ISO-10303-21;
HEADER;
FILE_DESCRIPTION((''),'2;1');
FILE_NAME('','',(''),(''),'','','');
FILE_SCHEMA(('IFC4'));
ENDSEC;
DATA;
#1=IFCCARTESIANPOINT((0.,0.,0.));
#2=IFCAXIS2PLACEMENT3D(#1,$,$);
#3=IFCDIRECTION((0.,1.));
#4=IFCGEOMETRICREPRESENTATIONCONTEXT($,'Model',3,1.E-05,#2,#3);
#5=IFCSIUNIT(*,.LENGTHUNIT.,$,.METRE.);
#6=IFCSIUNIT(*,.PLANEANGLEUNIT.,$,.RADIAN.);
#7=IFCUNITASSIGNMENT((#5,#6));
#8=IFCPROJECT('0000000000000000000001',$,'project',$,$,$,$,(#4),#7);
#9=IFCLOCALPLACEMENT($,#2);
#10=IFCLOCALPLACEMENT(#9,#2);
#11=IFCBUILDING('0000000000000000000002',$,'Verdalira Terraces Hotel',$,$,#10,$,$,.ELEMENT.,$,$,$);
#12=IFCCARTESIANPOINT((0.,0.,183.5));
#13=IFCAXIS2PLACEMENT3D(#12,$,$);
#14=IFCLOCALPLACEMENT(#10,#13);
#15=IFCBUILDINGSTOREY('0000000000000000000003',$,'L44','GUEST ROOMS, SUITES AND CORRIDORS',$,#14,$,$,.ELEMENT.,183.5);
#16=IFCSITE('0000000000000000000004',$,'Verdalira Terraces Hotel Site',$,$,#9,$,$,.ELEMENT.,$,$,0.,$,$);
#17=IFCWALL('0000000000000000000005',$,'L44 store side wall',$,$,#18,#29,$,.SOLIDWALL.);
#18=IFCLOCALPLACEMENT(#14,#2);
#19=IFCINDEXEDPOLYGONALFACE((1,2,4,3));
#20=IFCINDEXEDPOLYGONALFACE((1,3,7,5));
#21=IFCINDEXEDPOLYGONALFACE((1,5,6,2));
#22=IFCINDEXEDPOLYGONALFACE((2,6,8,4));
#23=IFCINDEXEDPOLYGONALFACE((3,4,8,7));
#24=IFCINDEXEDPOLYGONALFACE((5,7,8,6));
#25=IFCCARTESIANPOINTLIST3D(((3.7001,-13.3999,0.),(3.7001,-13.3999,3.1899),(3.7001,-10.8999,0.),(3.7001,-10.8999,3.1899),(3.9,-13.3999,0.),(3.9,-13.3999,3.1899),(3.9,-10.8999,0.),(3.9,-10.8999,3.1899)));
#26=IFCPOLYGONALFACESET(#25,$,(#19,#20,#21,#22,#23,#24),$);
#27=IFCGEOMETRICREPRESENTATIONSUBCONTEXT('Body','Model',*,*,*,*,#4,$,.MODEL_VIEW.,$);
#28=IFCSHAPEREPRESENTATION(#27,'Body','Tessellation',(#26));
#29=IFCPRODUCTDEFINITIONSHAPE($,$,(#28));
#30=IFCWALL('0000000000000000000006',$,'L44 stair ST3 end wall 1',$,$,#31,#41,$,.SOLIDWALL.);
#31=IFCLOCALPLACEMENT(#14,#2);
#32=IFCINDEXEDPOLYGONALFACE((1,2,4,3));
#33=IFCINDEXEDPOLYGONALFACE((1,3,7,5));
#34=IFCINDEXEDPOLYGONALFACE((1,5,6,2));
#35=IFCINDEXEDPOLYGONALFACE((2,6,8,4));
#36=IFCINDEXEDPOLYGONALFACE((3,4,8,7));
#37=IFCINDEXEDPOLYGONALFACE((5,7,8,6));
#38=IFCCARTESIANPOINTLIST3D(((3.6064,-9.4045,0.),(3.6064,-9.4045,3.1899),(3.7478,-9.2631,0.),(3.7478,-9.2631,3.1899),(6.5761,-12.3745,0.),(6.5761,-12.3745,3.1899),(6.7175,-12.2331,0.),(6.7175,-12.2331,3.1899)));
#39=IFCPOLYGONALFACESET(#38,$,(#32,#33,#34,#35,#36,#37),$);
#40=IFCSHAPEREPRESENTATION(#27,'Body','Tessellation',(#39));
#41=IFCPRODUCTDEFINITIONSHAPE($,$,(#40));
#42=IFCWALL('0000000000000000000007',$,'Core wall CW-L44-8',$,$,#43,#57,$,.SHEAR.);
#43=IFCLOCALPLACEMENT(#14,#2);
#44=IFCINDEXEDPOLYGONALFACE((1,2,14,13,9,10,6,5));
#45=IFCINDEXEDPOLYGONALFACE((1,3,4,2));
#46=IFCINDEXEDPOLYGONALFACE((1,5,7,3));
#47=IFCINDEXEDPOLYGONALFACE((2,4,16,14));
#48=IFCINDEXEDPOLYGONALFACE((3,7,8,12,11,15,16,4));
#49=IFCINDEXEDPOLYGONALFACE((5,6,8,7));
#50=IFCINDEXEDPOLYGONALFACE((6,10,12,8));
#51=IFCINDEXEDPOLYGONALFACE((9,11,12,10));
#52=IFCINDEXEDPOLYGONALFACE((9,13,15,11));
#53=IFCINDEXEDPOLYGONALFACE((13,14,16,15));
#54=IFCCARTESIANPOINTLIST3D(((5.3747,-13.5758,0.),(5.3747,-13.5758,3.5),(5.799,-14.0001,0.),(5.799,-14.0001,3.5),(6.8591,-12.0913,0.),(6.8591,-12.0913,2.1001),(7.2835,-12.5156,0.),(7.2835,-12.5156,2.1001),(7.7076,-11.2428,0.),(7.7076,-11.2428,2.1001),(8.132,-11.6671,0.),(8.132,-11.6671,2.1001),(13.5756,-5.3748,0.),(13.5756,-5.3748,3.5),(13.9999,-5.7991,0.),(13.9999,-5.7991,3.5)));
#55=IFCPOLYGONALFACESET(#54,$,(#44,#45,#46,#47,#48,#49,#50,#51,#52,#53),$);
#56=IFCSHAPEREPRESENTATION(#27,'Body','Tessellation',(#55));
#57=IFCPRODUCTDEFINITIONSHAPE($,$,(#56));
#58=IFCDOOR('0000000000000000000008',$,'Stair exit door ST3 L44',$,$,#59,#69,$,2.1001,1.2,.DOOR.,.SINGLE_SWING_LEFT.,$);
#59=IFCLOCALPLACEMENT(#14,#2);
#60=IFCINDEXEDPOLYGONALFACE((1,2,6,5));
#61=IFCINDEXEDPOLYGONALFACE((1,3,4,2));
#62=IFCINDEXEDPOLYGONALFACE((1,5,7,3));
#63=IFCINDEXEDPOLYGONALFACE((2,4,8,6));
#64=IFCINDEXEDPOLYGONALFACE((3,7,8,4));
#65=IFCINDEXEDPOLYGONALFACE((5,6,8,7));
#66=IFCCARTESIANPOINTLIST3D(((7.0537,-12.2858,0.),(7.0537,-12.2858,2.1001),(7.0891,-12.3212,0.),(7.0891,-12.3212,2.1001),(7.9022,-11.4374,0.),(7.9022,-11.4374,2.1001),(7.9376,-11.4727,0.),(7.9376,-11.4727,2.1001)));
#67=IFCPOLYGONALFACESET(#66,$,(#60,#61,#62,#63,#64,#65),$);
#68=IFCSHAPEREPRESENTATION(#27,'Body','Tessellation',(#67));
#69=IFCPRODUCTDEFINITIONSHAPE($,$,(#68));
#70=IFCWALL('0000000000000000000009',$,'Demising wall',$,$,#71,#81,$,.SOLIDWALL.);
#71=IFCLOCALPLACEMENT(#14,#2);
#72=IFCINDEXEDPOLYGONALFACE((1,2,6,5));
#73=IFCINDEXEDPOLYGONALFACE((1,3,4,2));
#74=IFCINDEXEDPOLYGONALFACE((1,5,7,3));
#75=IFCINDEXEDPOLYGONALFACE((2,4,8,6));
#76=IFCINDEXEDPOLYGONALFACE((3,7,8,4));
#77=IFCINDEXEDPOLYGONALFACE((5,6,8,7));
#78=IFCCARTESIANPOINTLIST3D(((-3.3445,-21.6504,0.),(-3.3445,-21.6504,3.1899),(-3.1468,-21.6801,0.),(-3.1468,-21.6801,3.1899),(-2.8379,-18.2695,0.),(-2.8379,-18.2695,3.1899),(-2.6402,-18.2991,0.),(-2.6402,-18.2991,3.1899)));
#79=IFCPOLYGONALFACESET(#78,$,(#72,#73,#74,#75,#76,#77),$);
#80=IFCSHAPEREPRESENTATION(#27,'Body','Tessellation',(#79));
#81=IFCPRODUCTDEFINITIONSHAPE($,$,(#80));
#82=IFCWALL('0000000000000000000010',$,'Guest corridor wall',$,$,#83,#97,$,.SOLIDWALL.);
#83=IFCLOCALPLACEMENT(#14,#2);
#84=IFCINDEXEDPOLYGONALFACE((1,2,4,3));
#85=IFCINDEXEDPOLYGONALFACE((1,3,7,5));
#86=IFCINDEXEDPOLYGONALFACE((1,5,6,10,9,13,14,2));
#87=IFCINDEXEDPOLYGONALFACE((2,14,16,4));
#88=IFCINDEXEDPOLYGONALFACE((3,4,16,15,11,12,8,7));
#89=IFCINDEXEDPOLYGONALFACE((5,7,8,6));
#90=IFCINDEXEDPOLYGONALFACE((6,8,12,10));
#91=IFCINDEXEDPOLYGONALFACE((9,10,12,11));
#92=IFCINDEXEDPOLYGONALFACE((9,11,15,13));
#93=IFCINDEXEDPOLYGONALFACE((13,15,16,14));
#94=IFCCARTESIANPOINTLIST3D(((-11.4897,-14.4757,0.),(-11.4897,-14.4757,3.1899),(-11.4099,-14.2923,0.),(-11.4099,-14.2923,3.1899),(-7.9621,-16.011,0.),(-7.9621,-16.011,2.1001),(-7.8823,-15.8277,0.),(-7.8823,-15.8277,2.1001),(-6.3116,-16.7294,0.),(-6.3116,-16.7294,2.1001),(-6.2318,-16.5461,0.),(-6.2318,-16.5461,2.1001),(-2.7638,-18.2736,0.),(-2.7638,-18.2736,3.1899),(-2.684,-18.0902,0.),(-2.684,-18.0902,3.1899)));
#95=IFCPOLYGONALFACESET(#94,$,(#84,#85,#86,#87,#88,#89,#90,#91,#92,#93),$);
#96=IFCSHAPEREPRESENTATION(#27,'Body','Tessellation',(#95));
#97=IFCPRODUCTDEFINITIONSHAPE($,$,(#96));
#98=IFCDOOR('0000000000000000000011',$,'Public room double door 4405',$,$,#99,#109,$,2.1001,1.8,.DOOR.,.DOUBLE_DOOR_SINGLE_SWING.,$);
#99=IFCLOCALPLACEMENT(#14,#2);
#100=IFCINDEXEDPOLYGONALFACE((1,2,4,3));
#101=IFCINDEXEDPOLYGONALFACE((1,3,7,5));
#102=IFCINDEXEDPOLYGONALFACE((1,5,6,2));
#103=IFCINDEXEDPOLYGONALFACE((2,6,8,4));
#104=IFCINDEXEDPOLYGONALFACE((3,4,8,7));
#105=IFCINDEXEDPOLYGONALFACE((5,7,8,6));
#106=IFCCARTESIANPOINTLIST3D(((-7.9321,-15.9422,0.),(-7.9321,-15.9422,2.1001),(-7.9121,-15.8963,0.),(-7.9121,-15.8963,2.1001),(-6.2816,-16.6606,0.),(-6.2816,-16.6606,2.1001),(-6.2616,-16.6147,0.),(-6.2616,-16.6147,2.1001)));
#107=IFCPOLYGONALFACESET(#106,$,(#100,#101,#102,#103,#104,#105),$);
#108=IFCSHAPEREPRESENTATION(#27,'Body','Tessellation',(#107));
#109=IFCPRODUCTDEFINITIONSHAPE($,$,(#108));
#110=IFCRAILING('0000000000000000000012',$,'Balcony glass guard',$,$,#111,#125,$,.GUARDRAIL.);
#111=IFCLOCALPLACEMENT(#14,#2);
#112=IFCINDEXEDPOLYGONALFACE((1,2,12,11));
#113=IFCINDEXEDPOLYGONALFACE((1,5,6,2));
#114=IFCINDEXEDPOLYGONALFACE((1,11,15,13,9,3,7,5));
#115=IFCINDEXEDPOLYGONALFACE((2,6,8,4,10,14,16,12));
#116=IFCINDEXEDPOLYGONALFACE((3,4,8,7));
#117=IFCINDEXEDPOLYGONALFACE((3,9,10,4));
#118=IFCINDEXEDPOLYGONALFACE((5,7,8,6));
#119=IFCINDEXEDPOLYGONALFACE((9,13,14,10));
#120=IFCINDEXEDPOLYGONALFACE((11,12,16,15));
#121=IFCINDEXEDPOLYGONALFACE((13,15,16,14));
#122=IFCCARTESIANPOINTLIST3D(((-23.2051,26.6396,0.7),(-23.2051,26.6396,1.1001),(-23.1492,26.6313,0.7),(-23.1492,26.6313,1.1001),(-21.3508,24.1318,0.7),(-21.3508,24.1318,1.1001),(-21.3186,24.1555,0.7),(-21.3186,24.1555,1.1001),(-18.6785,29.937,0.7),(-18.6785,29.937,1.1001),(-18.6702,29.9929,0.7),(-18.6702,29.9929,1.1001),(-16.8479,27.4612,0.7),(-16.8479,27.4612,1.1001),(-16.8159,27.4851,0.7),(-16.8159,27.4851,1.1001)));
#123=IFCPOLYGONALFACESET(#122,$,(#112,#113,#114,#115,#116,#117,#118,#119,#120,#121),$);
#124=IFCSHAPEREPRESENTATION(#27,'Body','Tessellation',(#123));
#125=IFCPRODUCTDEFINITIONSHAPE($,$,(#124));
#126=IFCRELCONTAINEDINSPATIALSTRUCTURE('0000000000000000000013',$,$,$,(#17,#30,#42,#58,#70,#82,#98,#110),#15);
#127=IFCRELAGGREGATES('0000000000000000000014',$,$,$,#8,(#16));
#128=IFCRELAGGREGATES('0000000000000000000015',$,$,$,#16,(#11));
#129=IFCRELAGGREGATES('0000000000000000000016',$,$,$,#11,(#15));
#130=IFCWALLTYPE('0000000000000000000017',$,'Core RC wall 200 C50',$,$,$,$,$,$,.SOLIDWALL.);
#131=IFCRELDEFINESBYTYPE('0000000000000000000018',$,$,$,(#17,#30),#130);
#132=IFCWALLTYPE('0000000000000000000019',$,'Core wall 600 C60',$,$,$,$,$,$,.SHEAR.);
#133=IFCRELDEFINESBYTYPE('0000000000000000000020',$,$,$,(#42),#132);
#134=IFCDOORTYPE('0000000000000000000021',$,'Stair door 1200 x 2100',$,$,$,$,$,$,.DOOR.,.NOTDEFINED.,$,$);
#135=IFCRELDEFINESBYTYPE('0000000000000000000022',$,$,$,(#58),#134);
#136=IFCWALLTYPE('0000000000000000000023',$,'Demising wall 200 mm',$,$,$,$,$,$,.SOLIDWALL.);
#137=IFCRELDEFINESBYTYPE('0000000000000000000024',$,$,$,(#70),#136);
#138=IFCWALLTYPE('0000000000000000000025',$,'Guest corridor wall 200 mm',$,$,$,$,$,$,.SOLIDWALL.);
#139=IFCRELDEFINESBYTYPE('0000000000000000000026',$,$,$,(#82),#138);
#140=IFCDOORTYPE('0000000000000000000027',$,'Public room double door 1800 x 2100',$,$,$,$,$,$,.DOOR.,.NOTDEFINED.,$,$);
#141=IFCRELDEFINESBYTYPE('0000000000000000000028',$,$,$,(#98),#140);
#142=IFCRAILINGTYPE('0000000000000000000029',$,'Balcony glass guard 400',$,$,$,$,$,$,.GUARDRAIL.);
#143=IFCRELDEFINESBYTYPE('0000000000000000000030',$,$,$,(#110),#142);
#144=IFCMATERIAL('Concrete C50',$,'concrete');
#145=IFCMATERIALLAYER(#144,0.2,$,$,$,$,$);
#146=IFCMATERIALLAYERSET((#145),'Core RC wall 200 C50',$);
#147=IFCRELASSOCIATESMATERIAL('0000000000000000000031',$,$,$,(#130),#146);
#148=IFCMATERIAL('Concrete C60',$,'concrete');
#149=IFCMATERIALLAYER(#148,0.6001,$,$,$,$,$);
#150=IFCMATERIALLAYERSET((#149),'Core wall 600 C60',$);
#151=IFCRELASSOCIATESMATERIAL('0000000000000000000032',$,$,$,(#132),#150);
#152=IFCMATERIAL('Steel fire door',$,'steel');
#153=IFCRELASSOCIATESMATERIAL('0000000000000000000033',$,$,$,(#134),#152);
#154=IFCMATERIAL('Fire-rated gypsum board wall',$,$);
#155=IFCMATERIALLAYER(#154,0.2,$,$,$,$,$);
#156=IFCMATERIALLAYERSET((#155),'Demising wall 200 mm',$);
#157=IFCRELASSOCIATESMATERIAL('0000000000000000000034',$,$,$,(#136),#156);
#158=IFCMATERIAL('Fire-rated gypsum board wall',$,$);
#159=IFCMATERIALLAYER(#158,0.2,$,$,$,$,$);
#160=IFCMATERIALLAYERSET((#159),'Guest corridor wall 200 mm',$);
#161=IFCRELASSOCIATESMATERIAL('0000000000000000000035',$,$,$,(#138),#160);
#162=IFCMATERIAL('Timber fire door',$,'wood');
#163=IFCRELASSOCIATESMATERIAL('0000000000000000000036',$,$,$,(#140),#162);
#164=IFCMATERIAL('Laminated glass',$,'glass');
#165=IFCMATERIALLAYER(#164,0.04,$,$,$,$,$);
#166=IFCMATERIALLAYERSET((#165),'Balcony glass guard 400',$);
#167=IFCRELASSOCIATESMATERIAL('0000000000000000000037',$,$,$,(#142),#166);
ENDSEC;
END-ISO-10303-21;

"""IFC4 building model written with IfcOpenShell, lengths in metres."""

from ifc_helpers import new_model, si_unit, direction, frame, frame_2d, origin, place, context, subcontext, project, spatial, polyline, rectangle, outline, extrude, material, layer, layer_set, type_object, element, fill, save


model = new_model("IFC4")

# Units and contexts
model_context = context("Model", 3, precision=1e-05, world=origin(), true_north=direction((0.0, 1.0)))
body_context = subcontext(model_context, "Body", "Model", "MODEL_VIEW")
ifc_project = project(units=[si_unit("LENGTHUNIT", "METRE"), si_unit("PLANEANGLEUNIT", "RADIAN")], contexts=[model_context])

# Site, building, storey
site_placement = place(None, origin())
site = spatial("IfcSite", under=ifc_project, at=site_placement, Name="Verdalira Terraces Hotel Site", CompositionType="ELEMENT", RefElevation=0.0)
building_placement = place(site_placement, origin())
building = spatial("IfcBuilding", under=site, at=building_placement, Name="Verdalira Terraces Hotel", CompositionType="ELEMENT")
storey_placement = place(building_placement, frame((0.0, 0.0, 183.5)))
storey = spatial("IfcBuildingStorey", under=building, at=storey_placement, Name="L44", Description="GUEST ROOMS, SUITES AND CORRIDORS", CompositionType="ELEMENT", Elevation=183.5)

# Walls
ifc_material_1 = material(Name="Concrete C50", Category="concrete")
ifc_layer_1 = layer(ifc_material_1, 0.2)
ifc_layer_set_1 = layer_set([ifc_layer_1], Name="Core RC wall 200 C50")
wall_type_1 = type_object("IfcWallType", Name="Core RC wall 200 C50", PredefinedType="SOLIDWALL", material=ifc_layer_set_1)
wall_1_placement = place(storey_placement, frame((3.8, -10.8999, 0.0), z_axis=(0.0, 0.0, 1.0), x_axis=(0.0, -1.0, 0.0)))
element("IfcWall", 1, at=wall_1_placement, inside=storey, type_object=wall_type_1, Name="L44 store side wall", PredefinedType="SOLIDWALL", context=body_context, shape_type="SweptSolid", body=[
    extrude(rectangle(XDim=2.5, YDim=0.2, at=frame_2d((1.25, 0.0))), origin(), (0.0, 0.0, 1.0), 3.1899),
])
wall_2_placement = place(storey_placement, frame((3.677, -9.3337, 0.0), z_axis=(0.0, 0.0, 1.0), x_axis=(0.707078, -0.707136, 0.0)))
element("IfcWall", 2, at=wall_2_placement, inside=storey, type_object=wall_type_1, Name="L44 stair ST3 end wall 1", PredefinedType="SOLIDWALL", context=body_context, shape_type="SweptSolid", body=[
    extrude(rectangle(XDim=4.2, YDim=0.2, at=frame_2d((2.1001, 0.0))), origin(), (0.0, 0.0, 1.0), 3.1899),
])

# Wall, opening, door
ifc_material_2 = material(Name="Concrete C60", Category="concrete")
ifc_layer_2 = layer(ifc_material_2, 0.6001)
ifc_layer_set_2 = layer_set([ifc_layer_2], Name="Core wall 600 C60")
wall_type_2 = type_object("IfcWallType", Name="Core wall 600 C60", PredefinedType="SHEAR", material=ifc_layer_set_2)
wall_3_placement = place(storey_placement, frame((5.5869, -13.7878, 0.0), z_axis=(0.0, 0.0, 1.0), x_axis=(0.707107, 0.707107, 0.0)))
wall_3 = element("IfcWall", 3, at=wall_3_placement, inside=storey, type_object=wall_type_2, Name="Core wall CW-L44-8", PredefinedType="SHEAR", context=body_context, shape_type="SweptSolid", body=[
    extrude(rectangle(XDim=11.5979, YDim=0.6001, at=frame_2d((5.7988, 0.0))), origin(), (0.0, 0.0, 1.0), 3.5),
])
opening_1_placement = place(wall_3_placement, frame((2.0991, 0.0, 0.0)))
opening_1 = element("IfcOpeningElement", 4, at=opening_1_placement, cuts=wall_3, PredefinedType="OPENING", context=body_context, shape_type="SweptSolid", body=[
    extrude(rectangle(XDim=1.2, YDim=2.1001, at=frame_2d((0.6001, 1.05))), frame((0.0, 0.3101, 0.0), z_axis=(0.0, -1.0, 0.0), x_axis=(1.0, 0.0, 0.0)), (0.0, 0.0, 1.0), 0.6201),
])
ifc_material_3 = material(Name="Steel fire door", Category="steel")
door_type_1 = type_object("IfcDoorType", Name="Stair door 1200 x 2100", OperationType="NOTDEFINED", PredefinedType="DOOR", material=ifc_material_3)
door_1_placement = place(opening_1_placement, origin())
door_1 = element("IfcDoor", 5, at=door_1_placement, inside=storey, type_object=door_type_1, Name="Stair exit door ST3 L44", OperationType="SINGLE_SWING_LEFT", OverallHeight=2.1001, OverallWidth=1.2, PredefinedType="DOOR", context=body_context, shape_type="SweptSolid", body=[
    extrude(rectangle(XDim=1.2, YDim=2.1001, at=frame_2d((0.6001, 1.05))), frame((0.0, 0.0249, 0.0), z_axis=(0.0, -1.0, 0.0), x_axis=(1.0, 0.0, 0.0)), (0.0, 0.0, 1.0), 0.05),
])
fill(opening_1, door_1)

# Wall
ifc_material_4 = material(Name="Fire-rated gypsum board wall")
ifc_layer_3 = layer(ifc_material_4, 0.2)
ifc_layer_set_3 = layer_set([ifc_layer_3], Name="Demising wall 200 mm")
wall_type_3 = type_object("IfcWallType", Name="Demising wall 200 mm", PredefinedType="SOLIDWALL", material=ifc_layer_set_3)
wall_4_placement = place(storey_placement, frame((-2.739, -18.2842, 0.0), z_axis=(0.0, 0.0, 1.0), x_axis=(-0.148187, -0.988959, 0.0)))
element("IfcWall", 6, at=wall_4_placement, inside=storey, type_object=wall_type_3, Name="Demising wall", PredefinedType="SOLIDWALL", context=body_context, shape_type="SweptSolid", body=[
    extrude(rectangle(XDim=3.4187, YDim=0.2, at=frame_2d((1.7095, 0.0))), origin(), (0.0, 0.0, 1.0), 3.1899),
])

# Wall, opening, door
ifc_material_5 = material(Name="Fire-rated gypsum board wall")
ifc_layer_4 = layer(ifc_material_5, 0.2)
ifc_layer_set_4 = layer_set([ifc_layer_4], Name="Guest corridor wall 200 mm")
wall_type_4 = type_object("IfcWallType", Name="Guest corridor wall 200 mm", PredefinedType="SOLIDWALL", material=ifc_layer_set_4)
wall_5_placement = place(storey_placement, frame((-2.7239, -18.1819, 0.0), z_axis=(0.0, 0.0, 1.0), x_axis=(-0.916916, 0.399081, 0.0)))
wall_5 = element("IfcWall", 7, at=wall_5_placement, inside=storey, type_object=wall_type_4, Name="Guest corridor wall", PredefinedType="SOLIDWALL", context=body_context, shape_type="SweptSolid", body=[
    extrude(rectangle(XDim=9.5166, YDim=0.2, at=frame_2d((4.7583, 0.0))), origin(), (0.0, 0.0, 1.0), 3.1899),
])
opening_2_placement = place(wall_5_placement, frame((3.8694, 0.0, 0.0)))
opening_2 = element("IfcOpeningElement", 8, at=opening_2_placement, cuts=wall_5, PredefinedType="OPENING", context=body_context, shape_type="SweptSolid", body=[
    extrude(rectangle(XDim=1.8, YDim=2.1001, at=frame_2d((0.8999, 1.05))), frame((0.0, 0.1099, 0.0), z_axis=(0.0, -1.0, 0.0), x_axis=(1.0, 0.0, 0.0)), (0.0, 0.0, 1.0), 0.22),
])
ifc_material_6 = material(Name="Timber fire door", Category="wood")
door_type_2 = type_object("IfcDoorType", Name="Public room double door 1800 x 2100", OperationType="NOTDEFINED", PredefinedType="DOOR", material=ifc_material_6)
door_2_placement = place(opening_2_placement, origin())
door_2 = element("IfcDoor", 9, at=door_2_placement, inside=storey, type_object=door_type_2, Name="Public room double door 4405", OperationType="DOUBLE_DOOR_SINGLE_SWING", OverallHeight=2.1001, OverallWidth=1.8, PredefinedType="DOOR", context=body_context, shape_type="SweptSolid", body=[
    extrude(rectangle(XDim=1.8, YDim=2.1001, at=frame_2d((0.8999, 1.05))), frame((0.0, 0.0249, 0.0), z_axis=(0.0, -1.0, 0.0), x_axis=(1.0, 0.0, 0.0)), (0.0, 0.0, 1.0), 0.05),
])
fill(opening_2, door_2)

# Railing
ifc_material_7 = material(Name="Laminated glass", Category="glass")
ifc_layer_5 = layer(ifc_material_7, 0.04)
ifc_layer_set_5 = layer_set([ifc_layer_5], Name="Balcony glass guard 400")
railing_type_1 = type_object("IfcRailingType", Name="Balcony glass guard 400", PredefinedType="GUARDRAIL", material=ifc_layer_set_5)
railing_1_placement = place(storey_placement, frame((0.0, 0.0, 0.7)))
element("IfcRailing", 10, at=railing_1_placement, inside=storey, type_object=railing_type_1, Name="Balcony glass guard", PredefinedType="GUARDRAIL", context=body_context, shape_type="SweptSolid", body=[
    extrude(outline(polyline([(-18.6785, 29.937), (-23.1492, 26.6313), (-21.3186, 24.1555), (-21.3508, 24.1318), (-23.2051, 26.6396), (-18.6702, 29.9929), (-16.8159, 27.4851), (-16.8479, 27.4612), (-18.6785, 29.937)])), origin(), (0.0, 0.0, 1.0), 0.4001),
])

save(model, "model.ifc")
